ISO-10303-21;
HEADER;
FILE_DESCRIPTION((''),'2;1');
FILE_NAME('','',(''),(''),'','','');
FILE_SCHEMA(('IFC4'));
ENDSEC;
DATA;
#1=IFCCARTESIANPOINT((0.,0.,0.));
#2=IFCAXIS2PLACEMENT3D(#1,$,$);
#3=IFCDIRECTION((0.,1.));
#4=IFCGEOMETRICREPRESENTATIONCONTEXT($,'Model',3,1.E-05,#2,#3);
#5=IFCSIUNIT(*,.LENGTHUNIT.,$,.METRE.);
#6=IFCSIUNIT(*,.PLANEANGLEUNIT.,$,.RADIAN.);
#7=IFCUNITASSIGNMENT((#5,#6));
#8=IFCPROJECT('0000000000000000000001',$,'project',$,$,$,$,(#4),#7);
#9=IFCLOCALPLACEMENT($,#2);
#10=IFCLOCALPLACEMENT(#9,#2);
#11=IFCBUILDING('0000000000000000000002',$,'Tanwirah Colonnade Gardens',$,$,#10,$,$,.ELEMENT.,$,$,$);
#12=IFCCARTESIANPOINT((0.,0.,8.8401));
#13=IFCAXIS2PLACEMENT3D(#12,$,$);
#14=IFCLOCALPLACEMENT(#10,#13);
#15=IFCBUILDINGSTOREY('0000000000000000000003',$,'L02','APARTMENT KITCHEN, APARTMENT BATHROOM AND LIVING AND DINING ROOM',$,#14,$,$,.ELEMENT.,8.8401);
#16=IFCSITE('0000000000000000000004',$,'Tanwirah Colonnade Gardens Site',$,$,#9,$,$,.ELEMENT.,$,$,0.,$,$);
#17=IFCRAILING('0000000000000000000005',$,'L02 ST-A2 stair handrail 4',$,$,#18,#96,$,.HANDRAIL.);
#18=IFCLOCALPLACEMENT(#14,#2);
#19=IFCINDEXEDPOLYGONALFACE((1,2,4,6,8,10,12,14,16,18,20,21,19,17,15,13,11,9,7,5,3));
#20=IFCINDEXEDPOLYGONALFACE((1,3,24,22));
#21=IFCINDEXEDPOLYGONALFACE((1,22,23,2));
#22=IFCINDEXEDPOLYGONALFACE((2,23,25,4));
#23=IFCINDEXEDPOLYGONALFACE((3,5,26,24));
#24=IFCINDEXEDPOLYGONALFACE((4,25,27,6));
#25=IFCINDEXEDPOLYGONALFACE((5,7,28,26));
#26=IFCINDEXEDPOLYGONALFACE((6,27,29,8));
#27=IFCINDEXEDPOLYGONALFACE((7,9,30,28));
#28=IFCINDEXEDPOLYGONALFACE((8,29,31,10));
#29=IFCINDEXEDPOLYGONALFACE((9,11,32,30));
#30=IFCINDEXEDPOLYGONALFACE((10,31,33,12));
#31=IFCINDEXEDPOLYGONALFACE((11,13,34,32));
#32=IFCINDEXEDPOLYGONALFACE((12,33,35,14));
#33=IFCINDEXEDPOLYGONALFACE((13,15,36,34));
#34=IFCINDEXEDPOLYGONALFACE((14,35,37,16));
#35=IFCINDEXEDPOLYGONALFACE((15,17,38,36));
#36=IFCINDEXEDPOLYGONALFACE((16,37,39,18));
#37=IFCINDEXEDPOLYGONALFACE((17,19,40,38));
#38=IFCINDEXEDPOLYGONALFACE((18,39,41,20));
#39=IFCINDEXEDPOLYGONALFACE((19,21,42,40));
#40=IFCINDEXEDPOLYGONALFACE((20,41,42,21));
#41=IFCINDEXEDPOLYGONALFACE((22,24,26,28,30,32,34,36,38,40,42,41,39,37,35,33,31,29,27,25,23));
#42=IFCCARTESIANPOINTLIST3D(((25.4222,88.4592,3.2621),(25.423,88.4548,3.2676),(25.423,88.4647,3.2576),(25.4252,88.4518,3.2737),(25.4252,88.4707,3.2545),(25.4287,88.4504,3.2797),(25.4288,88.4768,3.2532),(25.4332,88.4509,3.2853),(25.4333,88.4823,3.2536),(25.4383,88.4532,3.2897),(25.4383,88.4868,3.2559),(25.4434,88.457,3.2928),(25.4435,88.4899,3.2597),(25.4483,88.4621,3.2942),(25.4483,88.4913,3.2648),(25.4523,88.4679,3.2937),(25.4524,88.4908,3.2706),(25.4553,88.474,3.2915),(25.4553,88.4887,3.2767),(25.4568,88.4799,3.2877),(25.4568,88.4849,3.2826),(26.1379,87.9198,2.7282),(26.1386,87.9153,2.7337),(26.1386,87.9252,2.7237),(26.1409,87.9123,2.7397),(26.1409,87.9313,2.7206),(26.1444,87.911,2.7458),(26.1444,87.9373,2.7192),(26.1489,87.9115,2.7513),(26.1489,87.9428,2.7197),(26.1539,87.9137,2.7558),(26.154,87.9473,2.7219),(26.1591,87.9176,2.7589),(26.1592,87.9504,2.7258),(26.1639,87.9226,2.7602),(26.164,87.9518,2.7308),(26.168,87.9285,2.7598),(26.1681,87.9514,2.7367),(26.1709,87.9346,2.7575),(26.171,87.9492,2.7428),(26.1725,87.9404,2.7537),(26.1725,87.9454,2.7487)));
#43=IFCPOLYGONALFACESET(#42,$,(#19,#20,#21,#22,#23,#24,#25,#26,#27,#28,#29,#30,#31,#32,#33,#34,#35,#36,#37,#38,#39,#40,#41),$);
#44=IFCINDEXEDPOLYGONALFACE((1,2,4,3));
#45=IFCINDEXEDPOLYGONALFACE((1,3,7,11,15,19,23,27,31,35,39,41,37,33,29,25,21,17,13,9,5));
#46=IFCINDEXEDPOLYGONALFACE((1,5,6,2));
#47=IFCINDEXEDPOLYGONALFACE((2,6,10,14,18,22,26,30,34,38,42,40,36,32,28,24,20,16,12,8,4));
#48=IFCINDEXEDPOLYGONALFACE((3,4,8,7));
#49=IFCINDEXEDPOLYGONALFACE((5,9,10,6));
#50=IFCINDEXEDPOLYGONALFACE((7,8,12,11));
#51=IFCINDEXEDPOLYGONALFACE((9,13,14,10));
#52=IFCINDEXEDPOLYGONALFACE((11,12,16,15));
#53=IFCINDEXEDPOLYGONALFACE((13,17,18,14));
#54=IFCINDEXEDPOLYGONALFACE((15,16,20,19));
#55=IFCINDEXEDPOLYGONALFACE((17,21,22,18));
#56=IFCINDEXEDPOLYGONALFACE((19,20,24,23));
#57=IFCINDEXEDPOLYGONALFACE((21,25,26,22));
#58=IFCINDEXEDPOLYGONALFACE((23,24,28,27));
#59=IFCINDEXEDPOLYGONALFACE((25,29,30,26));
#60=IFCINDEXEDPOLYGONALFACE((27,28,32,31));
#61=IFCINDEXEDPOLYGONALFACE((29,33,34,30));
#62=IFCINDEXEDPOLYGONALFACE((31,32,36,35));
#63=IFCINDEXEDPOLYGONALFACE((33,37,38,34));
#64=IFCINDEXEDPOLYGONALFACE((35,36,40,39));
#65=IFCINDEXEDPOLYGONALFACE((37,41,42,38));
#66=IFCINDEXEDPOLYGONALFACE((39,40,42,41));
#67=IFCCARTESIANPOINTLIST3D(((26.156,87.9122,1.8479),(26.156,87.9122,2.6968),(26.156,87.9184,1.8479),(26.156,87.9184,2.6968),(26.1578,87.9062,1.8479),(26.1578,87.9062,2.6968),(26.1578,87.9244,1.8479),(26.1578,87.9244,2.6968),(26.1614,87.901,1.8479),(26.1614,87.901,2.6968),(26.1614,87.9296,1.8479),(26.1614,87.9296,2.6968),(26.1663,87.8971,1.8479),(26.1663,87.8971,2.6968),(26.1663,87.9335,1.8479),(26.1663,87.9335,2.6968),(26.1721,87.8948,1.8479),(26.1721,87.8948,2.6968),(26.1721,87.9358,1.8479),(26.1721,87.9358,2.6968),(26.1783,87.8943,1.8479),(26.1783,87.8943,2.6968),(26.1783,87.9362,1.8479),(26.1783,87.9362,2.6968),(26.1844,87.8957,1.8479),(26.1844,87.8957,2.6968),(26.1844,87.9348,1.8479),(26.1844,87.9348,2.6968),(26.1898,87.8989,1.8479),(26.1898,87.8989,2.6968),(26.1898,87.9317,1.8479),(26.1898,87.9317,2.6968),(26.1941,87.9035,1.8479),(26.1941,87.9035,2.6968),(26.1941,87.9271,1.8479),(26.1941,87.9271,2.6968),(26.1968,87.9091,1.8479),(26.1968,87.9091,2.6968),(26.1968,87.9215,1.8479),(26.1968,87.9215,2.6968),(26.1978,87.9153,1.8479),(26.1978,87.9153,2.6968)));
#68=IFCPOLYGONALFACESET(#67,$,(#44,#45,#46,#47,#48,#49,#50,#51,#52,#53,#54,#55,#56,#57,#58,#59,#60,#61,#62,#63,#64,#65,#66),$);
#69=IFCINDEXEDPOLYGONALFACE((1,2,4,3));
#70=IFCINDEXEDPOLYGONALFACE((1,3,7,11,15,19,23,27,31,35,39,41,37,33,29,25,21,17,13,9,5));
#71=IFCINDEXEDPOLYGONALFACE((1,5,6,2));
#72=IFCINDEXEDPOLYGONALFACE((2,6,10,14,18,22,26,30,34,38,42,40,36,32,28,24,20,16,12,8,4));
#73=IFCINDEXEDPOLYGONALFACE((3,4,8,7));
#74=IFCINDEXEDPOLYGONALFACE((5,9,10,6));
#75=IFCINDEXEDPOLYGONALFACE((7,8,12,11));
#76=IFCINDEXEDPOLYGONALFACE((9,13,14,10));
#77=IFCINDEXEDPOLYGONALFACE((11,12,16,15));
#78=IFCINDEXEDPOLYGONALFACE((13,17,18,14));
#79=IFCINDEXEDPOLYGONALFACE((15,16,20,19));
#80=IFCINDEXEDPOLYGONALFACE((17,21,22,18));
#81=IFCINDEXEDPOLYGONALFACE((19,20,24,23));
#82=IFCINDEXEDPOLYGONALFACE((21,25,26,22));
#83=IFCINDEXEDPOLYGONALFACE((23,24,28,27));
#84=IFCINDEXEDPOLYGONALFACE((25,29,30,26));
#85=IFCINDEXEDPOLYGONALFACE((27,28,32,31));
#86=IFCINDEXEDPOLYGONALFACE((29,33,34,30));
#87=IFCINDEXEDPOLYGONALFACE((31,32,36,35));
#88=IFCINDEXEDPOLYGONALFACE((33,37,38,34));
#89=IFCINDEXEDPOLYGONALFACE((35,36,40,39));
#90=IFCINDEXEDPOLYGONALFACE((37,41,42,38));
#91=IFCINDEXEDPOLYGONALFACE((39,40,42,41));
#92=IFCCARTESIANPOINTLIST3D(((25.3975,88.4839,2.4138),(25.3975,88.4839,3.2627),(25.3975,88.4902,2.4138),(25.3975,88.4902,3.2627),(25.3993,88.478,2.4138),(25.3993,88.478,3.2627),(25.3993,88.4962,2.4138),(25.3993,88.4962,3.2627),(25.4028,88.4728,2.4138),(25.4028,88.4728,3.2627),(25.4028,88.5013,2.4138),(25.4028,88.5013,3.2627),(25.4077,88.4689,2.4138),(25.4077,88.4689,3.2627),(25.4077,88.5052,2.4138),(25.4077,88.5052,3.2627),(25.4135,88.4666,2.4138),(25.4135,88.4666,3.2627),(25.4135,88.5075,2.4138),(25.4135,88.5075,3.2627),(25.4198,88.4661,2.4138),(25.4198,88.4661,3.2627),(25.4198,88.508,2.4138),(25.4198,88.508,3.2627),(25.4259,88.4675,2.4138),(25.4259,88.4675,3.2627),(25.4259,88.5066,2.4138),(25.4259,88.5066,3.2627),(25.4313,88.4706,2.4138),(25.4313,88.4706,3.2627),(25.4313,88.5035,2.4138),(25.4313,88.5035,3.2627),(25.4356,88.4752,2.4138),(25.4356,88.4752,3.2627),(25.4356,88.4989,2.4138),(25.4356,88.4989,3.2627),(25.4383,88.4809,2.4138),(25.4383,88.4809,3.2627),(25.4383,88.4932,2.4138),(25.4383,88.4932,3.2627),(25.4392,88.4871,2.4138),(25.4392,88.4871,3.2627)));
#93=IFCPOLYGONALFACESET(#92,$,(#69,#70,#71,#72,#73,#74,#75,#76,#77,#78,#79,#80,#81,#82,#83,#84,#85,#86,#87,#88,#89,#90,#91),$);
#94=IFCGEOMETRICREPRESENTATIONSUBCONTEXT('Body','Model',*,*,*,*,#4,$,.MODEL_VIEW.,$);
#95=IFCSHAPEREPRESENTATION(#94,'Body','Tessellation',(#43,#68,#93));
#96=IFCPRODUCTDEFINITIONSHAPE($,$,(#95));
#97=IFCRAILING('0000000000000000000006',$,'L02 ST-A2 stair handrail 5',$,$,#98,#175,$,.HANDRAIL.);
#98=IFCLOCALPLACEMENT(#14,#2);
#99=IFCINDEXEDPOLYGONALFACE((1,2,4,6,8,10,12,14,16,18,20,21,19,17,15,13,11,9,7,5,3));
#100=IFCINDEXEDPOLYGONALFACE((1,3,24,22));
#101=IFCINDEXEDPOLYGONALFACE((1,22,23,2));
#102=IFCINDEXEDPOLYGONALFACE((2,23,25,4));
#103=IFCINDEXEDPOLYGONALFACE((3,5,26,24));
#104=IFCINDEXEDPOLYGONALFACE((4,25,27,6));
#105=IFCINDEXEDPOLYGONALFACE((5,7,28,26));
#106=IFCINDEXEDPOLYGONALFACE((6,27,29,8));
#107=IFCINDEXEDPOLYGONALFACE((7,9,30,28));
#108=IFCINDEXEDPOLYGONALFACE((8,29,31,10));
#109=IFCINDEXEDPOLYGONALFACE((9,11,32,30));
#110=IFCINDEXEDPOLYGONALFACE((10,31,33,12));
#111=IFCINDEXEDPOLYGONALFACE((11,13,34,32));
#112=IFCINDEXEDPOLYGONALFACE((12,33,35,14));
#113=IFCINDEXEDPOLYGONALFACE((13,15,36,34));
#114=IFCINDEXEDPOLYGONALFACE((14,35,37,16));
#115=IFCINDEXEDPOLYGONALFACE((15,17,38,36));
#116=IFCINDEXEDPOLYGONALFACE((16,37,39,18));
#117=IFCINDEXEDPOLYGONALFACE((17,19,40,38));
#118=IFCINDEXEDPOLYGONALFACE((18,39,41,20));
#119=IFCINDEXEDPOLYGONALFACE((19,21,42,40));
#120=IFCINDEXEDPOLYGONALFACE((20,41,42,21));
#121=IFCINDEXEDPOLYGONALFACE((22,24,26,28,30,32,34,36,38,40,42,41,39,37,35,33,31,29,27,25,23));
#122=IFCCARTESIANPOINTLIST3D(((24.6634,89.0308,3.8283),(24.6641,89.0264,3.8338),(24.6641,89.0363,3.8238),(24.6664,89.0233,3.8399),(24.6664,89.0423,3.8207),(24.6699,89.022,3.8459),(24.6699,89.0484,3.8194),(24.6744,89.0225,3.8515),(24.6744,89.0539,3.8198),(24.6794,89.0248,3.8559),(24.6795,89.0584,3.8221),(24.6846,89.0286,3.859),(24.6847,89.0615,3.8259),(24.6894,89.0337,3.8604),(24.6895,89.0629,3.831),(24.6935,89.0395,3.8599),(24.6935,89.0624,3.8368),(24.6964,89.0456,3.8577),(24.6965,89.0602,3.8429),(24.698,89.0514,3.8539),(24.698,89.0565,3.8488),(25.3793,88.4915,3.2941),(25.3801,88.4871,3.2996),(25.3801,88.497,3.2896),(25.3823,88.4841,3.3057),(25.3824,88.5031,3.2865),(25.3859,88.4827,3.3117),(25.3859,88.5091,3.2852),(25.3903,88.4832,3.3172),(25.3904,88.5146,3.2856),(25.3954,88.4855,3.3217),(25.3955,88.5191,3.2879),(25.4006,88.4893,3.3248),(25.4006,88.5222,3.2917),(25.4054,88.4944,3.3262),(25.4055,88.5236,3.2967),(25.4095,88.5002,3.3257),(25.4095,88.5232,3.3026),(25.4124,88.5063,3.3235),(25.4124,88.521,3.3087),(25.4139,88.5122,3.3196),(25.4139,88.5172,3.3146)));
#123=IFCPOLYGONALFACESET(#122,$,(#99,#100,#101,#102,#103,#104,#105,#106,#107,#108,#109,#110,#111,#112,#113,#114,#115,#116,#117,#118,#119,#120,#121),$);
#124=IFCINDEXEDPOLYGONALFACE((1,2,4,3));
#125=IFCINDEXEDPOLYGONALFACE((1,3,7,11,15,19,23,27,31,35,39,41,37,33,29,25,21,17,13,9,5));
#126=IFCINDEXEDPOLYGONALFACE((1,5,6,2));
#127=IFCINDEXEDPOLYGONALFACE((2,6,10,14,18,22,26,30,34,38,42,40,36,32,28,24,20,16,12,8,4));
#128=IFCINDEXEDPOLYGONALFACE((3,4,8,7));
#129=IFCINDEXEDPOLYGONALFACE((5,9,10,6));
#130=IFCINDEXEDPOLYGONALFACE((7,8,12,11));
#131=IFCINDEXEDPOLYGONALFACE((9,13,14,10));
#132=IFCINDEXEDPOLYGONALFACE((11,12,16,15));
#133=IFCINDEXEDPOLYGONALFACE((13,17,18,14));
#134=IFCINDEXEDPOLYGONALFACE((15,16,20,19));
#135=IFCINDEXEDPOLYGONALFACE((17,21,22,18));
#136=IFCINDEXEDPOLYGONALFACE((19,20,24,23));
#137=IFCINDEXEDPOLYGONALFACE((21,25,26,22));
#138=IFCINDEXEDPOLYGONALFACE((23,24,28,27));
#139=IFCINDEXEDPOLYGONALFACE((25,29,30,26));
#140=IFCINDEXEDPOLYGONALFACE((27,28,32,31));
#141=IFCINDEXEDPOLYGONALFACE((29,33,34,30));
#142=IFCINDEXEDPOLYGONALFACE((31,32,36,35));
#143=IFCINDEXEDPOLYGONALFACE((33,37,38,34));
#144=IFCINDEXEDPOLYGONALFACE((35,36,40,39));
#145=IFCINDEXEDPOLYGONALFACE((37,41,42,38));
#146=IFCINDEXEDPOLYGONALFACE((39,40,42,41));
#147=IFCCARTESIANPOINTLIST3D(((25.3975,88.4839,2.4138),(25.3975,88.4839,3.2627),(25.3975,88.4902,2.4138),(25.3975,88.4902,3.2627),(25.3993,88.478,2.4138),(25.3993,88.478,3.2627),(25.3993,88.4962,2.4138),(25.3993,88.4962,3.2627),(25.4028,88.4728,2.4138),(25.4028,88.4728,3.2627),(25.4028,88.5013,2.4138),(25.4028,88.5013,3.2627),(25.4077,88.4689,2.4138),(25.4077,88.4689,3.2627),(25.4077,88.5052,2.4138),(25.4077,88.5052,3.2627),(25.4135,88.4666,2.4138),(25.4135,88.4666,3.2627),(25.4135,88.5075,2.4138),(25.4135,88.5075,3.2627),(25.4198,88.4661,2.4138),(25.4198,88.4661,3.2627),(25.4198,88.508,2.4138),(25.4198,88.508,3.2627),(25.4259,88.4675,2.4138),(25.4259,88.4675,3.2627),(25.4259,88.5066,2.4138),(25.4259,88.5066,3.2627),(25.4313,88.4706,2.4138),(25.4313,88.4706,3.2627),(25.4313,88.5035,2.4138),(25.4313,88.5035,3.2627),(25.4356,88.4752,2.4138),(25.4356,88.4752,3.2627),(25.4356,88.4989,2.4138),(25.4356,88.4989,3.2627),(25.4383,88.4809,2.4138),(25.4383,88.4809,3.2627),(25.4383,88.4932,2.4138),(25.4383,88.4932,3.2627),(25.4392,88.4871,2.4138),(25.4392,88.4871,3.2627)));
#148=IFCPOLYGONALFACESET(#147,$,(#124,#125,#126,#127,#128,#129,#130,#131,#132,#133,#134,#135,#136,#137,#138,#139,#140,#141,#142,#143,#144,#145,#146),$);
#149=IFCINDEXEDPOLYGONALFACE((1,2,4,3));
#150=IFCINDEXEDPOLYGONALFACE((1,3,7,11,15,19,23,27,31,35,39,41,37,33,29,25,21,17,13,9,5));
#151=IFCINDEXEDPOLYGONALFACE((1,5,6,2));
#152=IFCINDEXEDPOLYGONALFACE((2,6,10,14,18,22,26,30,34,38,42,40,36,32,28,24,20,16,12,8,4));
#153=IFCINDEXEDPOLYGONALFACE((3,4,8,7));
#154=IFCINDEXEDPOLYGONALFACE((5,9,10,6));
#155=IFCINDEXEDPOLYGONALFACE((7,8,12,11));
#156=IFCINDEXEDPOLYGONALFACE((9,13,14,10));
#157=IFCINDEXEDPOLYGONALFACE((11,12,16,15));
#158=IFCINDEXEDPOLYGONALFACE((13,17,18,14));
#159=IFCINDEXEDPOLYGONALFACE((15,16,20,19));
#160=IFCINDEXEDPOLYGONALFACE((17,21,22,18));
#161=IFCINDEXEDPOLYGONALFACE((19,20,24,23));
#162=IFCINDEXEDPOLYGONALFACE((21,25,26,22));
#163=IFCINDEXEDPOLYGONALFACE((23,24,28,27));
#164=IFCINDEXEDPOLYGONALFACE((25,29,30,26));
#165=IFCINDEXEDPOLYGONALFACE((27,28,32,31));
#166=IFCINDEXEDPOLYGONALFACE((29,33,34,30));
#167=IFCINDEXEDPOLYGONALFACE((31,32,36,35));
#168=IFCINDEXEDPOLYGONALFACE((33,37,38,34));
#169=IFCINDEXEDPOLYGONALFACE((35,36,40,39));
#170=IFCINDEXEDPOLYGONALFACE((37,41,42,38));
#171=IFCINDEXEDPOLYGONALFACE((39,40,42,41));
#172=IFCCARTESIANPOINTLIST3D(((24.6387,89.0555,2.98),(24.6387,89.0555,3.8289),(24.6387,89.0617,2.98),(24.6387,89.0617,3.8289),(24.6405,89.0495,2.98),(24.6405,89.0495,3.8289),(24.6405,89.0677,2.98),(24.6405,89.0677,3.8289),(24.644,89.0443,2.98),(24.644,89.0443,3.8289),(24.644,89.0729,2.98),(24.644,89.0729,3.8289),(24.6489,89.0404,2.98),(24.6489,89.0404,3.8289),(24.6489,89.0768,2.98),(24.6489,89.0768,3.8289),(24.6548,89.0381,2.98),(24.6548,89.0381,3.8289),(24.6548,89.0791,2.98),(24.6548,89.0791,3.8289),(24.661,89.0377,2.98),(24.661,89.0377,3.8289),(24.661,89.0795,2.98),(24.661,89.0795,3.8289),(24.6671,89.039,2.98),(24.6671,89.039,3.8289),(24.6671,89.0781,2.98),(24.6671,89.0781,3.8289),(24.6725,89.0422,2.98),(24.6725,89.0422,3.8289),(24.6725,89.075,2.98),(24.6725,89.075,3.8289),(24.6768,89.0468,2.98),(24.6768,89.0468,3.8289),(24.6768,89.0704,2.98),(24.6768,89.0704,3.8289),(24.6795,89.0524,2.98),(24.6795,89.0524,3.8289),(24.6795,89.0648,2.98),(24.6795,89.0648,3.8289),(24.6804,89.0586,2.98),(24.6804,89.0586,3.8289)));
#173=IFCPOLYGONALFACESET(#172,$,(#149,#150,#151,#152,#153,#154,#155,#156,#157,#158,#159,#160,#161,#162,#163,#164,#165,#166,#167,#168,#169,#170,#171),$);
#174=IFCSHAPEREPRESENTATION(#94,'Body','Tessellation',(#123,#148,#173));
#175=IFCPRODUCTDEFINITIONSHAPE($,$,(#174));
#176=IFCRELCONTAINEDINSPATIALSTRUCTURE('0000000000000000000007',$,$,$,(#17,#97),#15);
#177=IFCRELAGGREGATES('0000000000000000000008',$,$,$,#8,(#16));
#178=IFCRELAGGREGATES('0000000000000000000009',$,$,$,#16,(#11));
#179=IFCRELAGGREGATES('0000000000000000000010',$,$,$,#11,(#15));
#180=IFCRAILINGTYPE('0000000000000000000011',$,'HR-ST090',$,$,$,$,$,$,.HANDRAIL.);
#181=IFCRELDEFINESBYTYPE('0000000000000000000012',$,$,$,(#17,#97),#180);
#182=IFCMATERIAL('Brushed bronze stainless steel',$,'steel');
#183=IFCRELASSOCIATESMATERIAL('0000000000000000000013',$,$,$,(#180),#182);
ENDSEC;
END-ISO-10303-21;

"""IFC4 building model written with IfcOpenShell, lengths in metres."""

from ifc_helpers import new_model, si_unit, direction, frame, origin, origin_2d, place, context, subcontext, project, spatial, circle, extrude, material, type_object, element, save


model = new_model("IFC4")

# Units and contexts
model_context = context("Model", 3, precision=1e-05, world=origin(), true_north=direction((0.0, 1.0)))
body_context = subcontext(model_context, "Body", "Model", "MODEL_VIEW")
ifc_project = project(units=[si_unit("LENGTHUNIT", "METRE"), si_unit("PLANEANGLEUNIT", "RADIAN")], contexts=[model_context])

# Site, building, storey
site_placement = place(None, origin())
site = spatial("IfcSite", under=ifc_project, at=site_placement, Name="Tanwirah Colonnade Gardens Site", CompositionType="ELEMENT", RefElevation=0.0)
building_placement = place(site_placement, origin())
building = spatial("IfcBuilding", under=site, at=building_placement, Name="Tanwirah Colonnade Gardens", CompositionType="ELEMENT")
storey_placement = place(building_placement, frame((0.0, 0.0, 8.8401)))
storey = spatial("IfcBuildingStorey", under=building, at=storey_placement, Name="L02", Description="APARTMENT KITCHEN, APARTMENT BATHROOM AND LIVING AND DINING ROOM", CompositionType="ELEMENT", Elevation=8.8401)

# Railings
ifc_material_1 = material(Name="Brushed bronze stainless steel", Category="steel")
railing_type_1 = type_object("IfcRailingType", Name="HR-ST090", PredefinedType="HANDRAIL", material=ifc_material_1)
railing_1_placement = place(storey_placement, frame((26.1768, 87.9153, 1.8479)))
element("IfcRailing", 1, at=railing_1_placement, inside=storey, type_object=railing_type_1, Name="L02 ST-A2 stair handrail 4", PredefinedType="HANDRAIL", context=body_context, shape_type="SweptSolid", body=[
    extrude(circle(Radius=0.0239, at=origin_2d()), frame((-0.0215, 0.0161, 0.8918), z_axis=(-0.686028, 0.517116, 0.511817), x_axis=(-0.601931, -0.798548, 0.0)), (0.0, 0.0, 1.0), 1.0432),
    extrude(circle(Radius=0.021, at=origin_2d()), origin(), (0.0, 0.0, 1.0), 0.8489),
    extrude(circle(Radius=0.021, at=origin_2d()), frame((-0.7585, 0.5718, 0.5659)), (0.0, 0.0, 1.0), 0.8489),
])
railing_2_placement = place(storey_placement, frame((25.4182, 88.4871, 2.4138)))
element("IfcRailing", 2, at=railing_2_placement, inside=storey, type_object=railing_type_1, Name="L02 ST-A2 stair handrail 5", PredefinedType="HANDRAIL", context=body_context, shape_type="SweptSolid", body=[
    extrude(circle(Radius=0.0239, at=origin_2d()), frame((-0.0215, 0.0161, 0.8918), z_axis=(-0.686146, 0.516817, 0.51196), x_axis=(-0.601644, -0.798765, 0.0)), (0.0, 0.0, 1.0), 1.0435),
    extrude(circle(Radius=0.021, at=origin_2d()), origin(), (0.0, 0.0, 1.0), 0.8489),
    extrude(circle(Radius=0.021, at=origin_2d()), frame((-0.7588, 0.5715, 0.5662)), (0.0, 0.0, 1.0), 0.8489),
])

save(model, "model.ifc")
